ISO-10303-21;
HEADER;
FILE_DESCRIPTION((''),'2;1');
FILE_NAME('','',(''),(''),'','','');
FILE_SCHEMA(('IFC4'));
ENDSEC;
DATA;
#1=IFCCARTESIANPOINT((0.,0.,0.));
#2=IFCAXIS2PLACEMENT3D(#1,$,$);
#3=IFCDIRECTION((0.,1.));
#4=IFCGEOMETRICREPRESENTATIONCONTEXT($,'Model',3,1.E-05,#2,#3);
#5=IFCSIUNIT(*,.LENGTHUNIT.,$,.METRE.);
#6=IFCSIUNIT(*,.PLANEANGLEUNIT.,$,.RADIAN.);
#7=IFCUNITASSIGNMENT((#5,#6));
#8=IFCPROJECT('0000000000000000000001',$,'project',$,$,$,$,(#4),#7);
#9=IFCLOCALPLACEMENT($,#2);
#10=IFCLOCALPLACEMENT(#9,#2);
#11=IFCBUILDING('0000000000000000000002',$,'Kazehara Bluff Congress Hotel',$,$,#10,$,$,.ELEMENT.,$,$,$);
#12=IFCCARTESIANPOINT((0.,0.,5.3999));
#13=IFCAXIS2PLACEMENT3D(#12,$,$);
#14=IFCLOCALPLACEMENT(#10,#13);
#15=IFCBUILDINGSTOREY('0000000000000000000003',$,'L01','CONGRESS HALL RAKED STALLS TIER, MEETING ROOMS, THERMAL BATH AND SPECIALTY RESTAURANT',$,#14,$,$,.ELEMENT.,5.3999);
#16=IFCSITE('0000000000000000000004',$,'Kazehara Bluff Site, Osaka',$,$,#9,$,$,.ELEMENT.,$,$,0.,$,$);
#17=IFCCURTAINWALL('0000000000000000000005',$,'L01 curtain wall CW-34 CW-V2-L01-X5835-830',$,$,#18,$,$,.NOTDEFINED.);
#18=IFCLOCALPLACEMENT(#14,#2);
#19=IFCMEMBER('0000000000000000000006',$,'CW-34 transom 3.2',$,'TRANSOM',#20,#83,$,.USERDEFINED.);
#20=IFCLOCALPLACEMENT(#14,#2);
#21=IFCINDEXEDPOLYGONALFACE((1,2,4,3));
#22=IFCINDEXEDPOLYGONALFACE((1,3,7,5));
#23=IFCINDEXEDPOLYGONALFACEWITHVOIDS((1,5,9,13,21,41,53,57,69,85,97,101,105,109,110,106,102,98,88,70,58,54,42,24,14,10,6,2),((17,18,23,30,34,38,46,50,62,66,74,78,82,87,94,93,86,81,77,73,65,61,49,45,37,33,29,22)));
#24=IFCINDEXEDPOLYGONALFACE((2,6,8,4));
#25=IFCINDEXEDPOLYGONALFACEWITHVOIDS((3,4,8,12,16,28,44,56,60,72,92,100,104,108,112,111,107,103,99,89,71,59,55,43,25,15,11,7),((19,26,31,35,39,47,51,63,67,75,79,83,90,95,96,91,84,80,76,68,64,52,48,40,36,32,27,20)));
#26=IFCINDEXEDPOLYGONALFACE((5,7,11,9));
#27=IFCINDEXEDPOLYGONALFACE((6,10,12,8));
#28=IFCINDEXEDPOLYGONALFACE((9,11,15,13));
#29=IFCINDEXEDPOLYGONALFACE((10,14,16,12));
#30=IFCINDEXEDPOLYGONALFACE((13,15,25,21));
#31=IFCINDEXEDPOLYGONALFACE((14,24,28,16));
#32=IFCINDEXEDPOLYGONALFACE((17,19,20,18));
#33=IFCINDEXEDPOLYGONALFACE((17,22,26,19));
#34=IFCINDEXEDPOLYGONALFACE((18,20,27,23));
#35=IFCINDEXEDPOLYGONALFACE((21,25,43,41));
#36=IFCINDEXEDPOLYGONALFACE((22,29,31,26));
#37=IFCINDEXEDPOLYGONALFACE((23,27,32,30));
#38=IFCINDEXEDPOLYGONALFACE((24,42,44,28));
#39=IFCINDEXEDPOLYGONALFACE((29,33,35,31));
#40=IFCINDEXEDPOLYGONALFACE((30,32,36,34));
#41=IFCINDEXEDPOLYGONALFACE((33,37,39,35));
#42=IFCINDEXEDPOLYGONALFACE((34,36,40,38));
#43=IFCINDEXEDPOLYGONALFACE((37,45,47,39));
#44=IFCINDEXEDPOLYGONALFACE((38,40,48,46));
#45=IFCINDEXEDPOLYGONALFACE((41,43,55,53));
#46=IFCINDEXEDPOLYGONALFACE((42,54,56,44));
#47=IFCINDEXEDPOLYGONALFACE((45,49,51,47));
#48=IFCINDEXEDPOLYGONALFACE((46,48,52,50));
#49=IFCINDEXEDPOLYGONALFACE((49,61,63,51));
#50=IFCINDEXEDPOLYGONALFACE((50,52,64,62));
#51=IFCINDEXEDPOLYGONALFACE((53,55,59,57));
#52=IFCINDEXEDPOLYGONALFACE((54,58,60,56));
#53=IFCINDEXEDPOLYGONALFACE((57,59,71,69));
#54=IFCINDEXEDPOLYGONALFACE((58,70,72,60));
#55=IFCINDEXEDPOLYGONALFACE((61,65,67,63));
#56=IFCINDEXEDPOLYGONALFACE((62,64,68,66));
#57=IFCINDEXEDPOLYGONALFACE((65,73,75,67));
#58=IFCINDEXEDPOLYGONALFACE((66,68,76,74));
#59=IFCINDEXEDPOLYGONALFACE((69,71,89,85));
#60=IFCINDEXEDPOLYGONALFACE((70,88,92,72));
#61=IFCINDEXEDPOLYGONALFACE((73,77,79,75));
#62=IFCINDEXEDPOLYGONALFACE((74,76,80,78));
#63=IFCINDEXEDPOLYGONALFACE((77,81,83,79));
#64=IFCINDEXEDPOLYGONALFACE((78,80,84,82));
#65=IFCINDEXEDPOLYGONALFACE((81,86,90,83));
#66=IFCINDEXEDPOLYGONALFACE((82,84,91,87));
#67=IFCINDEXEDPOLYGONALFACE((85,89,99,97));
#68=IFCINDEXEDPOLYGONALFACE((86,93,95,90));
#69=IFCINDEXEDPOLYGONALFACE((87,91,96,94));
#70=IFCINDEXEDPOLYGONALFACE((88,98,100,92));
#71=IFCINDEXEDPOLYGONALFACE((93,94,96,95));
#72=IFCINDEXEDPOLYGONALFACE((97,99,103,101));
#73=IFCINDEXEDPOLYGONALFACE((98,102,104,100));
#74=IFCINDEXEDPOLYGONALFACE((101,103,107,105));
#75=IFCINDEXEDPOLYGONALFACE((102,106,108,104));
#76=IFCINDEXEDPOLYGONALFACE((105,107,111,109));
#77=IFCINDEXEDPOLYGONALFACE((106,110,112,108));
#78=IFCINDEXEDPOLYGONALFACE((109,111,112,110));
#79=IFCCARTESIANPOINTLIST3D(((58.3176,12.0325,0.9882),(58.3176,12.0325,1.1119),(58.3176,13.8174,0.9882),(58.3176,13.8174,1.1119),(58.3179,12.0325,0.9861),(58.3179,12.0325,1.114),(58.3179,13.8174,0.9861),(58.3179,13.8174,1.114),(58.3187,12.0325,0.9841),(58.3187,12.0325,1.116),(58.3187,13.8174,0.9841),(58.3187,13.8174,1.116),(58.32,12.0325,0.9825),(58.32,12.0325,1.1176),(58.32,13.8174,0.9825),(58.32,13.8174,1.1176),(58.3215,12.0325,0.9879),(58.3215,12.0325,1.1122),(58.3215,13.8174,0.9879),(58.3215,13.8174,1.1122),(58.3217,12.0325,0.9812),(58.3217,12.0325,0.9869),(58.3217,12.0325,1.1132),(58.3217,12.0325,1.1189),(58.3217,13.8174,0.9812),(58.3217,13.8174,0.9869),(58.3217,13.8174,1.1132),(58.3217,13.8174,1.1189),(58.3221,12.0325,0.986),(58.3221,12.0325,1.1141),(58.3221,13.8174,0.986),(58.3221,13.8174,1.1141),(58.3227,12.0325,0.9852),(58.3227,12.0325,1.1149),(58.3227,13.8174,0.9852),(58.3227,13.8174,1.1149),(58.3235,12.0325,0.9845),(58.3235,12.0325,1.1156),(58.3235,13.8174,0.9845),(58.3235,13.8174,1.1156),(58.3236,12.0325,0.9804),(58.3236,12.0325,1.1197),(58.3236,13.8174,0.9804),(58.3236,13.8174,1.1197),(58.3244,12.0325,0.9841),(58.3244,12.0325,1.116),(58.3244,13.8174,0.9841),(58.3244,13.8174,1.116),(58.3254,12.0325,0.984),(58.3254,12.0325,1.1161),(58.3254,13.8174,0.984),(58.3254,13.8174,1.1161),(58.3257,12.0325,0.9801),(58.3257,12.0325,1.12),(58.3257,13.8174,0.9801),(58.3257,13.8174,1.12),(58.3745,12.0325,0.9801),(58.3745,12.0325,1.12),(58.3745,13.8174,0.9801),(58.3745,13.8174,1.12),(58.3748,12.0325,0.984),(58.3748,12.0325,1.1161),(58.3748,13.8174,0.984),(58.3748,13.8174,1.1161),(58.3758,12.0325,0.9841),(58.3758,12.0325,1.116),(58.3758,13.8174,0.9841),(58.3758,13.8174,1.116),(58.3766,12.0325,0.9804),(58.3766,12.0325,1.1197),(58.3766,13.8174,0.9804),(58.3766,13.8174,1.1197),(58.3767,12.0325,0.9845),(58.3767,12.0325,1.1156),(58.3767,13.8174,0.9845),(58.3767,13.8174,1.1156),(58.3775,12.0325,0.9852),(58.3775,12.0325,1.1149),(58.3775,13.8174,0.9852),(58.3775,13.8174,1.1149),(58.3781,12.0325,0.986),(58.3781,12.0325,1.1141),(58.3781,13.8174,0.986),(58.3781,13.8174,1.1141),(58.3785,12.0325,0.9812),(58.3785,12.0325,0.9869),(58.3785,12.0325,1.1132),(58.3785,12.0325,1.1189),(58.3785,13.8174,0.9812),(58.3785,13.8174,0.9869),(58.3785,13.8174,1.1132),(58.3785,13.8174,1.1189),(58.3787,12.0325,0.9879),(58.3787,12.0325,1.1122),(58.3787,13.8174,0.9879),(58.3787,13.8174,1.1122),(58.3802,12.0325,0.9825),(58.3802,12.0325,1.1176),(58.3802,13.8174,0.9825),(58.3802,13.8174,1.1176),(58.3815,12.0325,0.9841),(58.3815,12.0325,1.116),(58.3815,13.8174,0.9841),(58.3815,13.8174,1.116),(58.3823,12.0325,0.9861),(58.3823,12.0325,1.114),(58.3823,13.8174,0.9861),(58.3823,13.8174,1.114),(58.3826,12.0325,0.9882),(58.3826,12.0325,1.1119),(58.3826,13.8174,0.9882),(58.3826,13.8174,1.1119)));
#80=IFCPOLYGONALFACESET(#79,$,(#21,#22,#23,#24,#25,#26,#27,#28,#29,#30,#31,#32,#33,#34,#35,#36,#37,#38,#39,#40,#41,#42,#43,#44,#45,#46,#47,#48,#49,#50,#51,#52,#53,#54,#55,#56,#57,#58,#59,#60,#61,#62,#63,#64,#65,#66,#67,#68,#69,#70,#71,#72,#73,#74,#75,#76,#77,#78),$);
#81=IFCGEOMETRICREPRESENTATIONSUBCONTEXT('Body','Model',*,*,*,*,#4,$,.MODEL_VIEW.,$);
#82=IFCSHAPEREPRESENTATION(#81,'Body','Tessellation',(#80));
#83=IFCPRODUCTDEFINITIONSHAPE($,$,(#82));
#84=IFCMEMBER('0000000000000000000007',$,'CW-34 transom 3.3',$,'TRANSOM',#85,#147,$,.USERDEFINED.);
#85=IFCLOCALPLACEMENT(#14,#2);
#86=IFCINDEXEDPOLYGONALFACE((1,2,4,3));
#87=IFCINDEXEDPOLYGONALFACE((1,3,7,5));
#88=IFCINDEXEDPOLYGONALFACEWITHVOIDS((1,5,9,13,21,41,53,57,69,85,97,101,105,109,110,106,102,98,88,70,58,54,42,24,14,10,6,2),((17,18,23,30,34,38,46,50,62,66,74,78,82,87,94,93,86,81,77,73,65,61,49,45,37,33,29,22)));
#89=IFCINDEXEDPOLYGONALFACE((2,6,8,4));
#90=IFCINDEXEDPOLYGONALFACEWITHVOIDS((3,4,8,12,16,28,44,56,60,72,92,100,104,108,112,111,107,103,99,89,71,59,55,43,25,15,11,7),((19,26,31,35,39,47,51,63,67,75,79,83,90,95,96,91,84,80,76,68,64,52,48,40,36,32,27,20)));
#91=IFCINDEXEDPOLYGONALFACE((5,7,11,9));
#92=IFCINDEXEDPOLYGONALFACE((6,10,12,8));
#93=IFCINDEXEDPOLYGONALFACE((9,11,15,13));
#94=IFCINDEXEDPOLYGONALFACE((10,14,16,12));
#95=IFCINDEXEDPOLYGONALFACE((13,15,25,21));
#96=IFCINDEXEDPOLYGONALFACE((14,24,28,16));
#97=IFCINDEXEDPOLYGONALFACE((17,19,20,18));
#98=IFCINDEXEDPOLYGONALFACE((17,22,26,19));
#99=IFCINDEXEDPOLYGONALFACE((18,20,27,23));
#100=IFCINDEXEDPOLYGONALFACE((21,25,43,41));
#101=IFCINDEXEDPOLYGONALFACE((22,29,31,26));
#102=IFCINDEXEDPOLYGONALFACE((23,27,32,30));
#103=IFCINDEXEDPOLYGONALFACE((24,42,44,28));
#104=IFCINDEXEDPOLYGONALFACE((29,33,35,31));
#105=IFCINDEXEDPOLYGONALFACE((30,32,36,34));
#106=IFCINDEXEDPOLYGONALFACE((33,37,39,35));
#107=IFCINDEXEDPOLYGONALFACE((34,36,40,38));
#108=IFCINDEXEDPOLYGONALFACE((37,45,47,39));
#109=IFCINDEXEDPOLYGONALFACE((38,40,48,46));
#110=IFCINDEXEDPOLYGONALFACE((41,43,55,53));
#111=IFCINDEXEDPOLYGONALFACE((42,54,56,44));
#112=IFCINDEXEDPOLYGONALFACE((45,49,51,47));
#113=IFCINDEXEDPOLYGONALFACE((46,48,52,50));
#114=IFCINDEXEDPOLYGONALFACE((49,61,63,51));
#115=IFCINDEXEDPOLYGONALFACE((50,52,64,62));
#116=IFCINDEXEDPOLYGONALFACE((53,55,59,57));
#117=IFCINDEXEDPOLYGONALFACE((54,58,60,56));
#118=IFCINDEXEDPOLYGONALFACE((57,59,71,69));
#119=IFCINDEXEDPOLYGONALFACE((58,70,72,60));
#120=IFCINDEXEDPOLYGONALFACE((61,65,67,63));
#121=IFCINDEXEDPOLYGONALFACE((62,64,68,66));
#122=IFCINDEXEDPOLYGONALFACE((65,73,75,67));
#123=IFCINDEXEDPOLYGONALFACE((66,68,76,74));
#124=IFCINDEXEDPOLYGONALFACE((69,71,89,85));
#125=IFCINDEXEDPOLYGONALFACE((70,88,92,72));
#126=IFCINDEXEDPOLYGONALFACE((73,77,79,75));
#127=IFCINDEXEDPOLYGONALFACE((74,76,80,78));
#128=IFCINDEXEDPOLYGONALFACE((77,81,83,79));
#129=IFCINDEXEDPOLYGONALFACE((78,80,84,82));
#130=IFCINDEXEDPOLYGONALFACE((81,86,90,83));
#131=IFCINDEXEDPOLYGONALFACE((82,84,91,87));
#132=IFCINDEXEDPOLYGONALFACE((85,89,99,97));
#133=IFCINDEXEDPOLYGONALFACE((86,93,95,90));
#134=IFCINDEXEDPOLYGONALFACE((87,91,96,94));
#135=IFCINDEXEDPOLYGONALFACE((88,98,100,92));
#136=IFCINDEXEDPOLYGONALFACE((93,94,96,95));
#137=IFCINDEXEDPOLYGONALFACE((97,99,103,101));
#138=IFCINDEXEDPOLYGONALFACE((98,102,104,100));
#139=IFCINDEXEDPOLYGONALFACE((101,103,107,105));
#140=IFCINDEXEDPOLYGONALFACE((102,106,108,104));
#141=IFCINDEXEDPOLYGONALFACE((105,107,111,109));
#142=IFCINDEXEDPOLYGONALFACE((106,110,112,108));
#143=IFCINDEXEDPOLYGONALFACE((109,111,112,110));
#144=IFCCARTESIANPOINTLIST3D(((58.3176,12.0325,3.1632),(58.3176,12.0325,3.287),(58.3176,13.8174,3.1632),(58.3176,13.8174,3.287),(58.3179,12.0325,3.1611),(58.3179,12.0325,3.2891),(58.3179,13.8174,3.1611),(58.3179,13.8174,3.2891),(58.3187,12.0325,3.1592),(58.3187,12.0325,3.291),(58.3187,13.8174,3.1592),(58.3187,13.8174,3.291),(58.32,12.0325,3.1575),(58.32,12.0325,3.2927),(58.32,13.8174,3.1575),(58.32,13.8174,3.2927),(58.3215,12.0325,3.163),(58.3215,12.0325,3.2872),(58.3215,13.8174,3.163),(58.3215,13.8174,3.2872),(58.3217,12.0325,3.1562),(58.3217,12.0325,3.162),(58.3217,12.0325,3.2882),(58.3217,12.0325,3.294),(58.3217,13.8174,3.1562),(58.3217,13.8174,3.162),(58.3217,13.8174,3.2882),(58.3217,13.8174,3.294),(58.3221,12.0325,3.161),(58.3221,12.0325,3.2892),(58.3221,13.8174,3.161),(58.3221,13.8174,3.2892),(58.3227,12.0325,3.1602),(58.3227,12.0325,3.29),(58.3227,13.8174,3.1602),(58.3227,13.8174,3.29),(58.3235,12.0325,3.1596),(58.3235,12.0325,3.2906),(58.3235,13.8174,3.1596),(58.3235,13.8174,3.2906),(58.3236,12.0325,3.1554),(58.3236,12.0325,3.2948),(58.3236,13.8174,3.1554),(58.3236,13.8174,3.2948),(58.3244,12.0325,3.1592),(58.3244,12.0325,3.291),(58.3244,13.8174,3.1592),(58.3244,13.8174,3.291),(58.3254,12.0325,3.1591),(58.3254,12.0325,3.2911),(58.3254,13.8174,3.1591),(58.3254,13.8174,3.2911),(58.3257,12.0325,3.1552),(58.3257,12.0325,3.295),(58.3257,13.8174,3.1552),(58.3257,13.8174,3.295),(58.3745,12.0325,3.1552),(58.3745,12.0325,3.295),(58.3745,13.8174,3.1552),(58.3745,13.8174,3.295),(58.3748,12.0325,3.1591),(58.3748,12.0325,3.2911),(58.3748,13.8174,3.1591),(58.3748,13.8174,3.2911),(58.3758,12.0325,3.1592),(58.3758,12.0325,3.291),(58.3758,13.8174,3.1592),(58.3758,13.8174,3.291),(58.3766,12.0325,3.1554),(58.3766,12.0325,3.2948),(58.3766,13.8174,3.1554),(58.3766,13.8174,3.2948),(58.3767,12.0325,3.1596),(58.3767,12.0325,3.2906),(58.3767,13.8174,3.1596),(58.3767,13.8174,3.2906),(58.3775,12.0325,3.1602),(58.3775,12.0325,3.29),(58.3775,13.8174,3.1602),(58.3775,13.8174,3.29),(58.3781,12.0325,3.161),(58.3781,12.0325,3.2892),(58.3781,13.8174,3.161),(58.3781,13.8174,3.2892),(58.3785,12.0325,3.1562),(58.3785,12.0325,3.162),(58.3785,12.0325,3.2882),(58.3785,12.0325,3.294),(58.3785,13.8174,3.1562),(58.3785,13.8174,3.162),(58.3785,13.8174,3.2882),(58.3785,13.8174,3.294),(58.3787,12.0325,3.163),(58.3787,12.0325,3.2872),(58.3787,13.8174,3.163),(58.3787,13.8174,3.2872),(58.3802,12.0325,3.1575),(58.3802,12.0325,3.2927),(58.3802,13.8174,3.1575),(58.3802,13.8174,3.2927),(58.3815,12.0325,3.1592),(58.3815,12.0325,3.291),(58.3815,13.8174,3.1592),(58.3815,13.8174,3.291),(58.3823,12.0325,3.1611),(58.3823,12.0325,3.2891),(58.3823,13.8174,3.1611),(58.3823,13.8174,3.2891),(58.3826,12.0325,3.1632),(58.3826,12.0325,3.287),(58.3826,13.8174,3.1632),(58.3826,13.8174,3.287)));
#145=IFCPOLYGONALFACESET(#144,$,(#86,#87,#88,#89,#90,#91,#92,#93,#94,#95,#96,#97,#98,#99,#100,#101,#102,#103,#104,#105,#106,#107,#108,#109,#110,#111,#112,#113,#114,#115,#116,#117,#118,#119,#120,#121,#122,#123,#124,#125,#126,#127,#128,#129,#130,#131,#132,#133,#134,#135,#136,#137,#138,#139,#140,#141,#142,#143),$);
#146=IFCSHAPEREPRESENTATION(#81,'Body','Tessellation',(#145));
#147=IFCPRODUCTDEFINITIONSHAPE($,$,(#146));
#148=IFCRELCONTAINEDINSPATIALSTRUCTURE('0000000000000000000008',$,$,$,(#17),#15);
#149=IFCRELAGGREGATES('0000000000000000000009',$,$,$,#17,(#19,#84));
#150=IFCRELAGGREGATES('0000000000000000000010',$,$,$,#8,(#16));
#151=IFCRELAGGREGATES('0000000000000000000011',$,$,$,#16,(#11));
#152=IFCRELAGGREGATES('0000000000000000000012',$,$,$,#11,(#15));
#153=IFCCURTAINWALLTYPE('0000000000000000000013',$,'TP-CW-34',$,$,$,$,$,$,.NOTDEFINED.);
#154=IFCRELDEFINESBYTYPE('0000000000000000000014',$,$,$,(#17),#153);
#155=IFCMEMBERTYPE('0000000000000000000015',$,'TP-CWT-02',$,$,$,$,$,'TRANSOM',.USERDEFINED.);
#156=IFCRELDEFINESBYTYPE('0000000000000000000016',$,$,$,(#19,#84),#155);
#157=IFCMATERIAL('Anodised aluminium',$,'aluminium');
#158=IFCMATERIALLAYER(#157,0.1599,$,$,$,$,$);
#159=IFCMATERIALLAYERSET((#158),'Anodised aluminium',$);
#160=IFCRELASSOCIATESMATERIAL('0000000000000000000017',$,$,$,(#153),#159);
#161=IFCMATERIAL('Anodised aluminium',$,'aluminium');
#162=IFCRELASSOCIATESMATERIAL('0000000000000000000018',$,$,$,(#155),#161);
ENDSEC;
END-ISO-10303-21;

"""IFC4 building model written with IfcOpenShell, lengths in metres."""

from ifc_helpers import new_model, si_unit, direction, frame, origin, origin_2d, place, context, subcontext, project, spatial, hollow_rectangle, extrude, material, layer, layer_set, material_profile, profile_set, type_object, element, aggregate, save


model = new_model("IFC4")

# Units and contexts
model_context = context("Model", 3, precision=1e-05, world=origin(), true_north=direction((0.0, 1.0)))
body_context = subcontext(model_context, "Body", "Model", "MODEL_VIEW")
ifc_project = project(units=[si_unit("LENGTHUNIT", "METRE"), si_unit("PLANEANGLEUNIT", "RADIAN")], contexts=[model_context])

# Site, building, storey
site_placement = place(None, origin())
site = spatial("IfcSite", under=ifc_project, at=site_placement, Name="Kazehara Bluff Site, Osaka", CompositionType="ELEMENT", RefElevation=0.0)
building_placement = place(site_placement, origin())
building = spatial("IfcBuilding", under=site, at=building_placement, Name="Kazehara Bluff Congress Hotel", CompositionType="ELEMENT")
storey_placement = place(building_placement, frame((0.0, 0.0, 5.3999)))
storey = spatial("IfcBuildingStorey", under=building, at=storey_placement, Name="L01", Description="CONGRESS HALL RAKED STALLS TIER, MEETING ROOMS, THERMAL BATH AND SPECIALTY RESTAURANT", CompositionType="ELEMENT", Elevation=5.3999)

# Curtain wall, members
ifc_material_1 = material(Name="Anodised aluminium", Category="aluminium")
ifc_layer_1 = layer(ifc_material_1, 0.1599)
ifc_layer_set_1 = layer_set([ifc_layer_1], Name="Anodised aluminium")
curtain_wall_type_1 = type_object("IfcCurtainWallType", Name="TP-CW-34", PredefinedType="NOTDEFINED", material=ifc_layer_set_1)
curtain_wall_1_placement = place(storey_placement, origin())
curtain_wall_1 = element("IfcCurtainWall", 1, at=curtain_wall_1_placement, inside=storey, type_object=curtain_wall_type_1, Name="L01 curtain wall CW-34 CW-V2-L01-X5835-830", PredefinedType="NOTDEFINED")
ifc_material_2 = material(Name="Anodised aluminium", Category="aluminium")
ifc_material_profile_1 = material_profile(ifc_material_2, hollow_rectangle(XDim=0.0649, YDim=0.1399, WallThickness=0.0039, InnerFilletRadius=0.0039, OuterFilletRadius=0.0081, at=origin_2d()))
ifc_profile_set_1 = profile_set([ifc_material_profile_1], Name="Anodised aluminium")
member_type_1 = type_object("IfcMemberType", Name="TP-CWT-02", ElementType="TRANSOM", PredefinedType="USERDEFINED", material=ifc_profile_set_1)
member_1_placement = place(storey_placement, frame((58.3501, 12.0325, 1.05), z_axis=(0.0, 1.0, 0.0), x_axis=(-1.0, 0.0, 0.0)))
member_1 = element("IfcMember", 2, at=member_1_placement, type_object=member_type_1, Name="CW-34 transom 3.2", ObjectType="TRANSOM", PredefinedType="USERDEFINED", context=body_context, shape_type="SweptSolid", body=[
    extrude(hollow_rectangle(XDim=0.0649, YDim=0.1399, WallThickness=0.0039, InnerFilletRadius=0.0039, OuterFilletRadius=0.0081, at=origin_2d()), origin(), (0.0, 0.0, 1.0), 1.7849),
])
member_2_placement = place(storey_placement, frame((58.3501, 12.0325, 3.2251), z_axis=(0.0, 1.0, 0.0), x_axis=(-1.0, 0.0, 0.0)))
member_2 = element("IfcMember", 3, at=member_2_placement, type_object=member_type_1, Name="CW-34 transom 3.3", ObjectType="TRANSOM", PredefinedType="USERDEFINED", context=body_context, shape_type="SweptSolid", body=[
    extrude(hollow_rectangle(XDim=0.0649, YDim=0.1399, WallThickness=0.0039, InnerFilletRadius=0.0039, OuterFilletRadius=0.0081, at=origin_2d()), origin(), (0.0, 0.0, 1.0), 1.7849),
])

aggregate(curtain_wall_1, [member_1, member_2])

save(model, "model.ifc")
